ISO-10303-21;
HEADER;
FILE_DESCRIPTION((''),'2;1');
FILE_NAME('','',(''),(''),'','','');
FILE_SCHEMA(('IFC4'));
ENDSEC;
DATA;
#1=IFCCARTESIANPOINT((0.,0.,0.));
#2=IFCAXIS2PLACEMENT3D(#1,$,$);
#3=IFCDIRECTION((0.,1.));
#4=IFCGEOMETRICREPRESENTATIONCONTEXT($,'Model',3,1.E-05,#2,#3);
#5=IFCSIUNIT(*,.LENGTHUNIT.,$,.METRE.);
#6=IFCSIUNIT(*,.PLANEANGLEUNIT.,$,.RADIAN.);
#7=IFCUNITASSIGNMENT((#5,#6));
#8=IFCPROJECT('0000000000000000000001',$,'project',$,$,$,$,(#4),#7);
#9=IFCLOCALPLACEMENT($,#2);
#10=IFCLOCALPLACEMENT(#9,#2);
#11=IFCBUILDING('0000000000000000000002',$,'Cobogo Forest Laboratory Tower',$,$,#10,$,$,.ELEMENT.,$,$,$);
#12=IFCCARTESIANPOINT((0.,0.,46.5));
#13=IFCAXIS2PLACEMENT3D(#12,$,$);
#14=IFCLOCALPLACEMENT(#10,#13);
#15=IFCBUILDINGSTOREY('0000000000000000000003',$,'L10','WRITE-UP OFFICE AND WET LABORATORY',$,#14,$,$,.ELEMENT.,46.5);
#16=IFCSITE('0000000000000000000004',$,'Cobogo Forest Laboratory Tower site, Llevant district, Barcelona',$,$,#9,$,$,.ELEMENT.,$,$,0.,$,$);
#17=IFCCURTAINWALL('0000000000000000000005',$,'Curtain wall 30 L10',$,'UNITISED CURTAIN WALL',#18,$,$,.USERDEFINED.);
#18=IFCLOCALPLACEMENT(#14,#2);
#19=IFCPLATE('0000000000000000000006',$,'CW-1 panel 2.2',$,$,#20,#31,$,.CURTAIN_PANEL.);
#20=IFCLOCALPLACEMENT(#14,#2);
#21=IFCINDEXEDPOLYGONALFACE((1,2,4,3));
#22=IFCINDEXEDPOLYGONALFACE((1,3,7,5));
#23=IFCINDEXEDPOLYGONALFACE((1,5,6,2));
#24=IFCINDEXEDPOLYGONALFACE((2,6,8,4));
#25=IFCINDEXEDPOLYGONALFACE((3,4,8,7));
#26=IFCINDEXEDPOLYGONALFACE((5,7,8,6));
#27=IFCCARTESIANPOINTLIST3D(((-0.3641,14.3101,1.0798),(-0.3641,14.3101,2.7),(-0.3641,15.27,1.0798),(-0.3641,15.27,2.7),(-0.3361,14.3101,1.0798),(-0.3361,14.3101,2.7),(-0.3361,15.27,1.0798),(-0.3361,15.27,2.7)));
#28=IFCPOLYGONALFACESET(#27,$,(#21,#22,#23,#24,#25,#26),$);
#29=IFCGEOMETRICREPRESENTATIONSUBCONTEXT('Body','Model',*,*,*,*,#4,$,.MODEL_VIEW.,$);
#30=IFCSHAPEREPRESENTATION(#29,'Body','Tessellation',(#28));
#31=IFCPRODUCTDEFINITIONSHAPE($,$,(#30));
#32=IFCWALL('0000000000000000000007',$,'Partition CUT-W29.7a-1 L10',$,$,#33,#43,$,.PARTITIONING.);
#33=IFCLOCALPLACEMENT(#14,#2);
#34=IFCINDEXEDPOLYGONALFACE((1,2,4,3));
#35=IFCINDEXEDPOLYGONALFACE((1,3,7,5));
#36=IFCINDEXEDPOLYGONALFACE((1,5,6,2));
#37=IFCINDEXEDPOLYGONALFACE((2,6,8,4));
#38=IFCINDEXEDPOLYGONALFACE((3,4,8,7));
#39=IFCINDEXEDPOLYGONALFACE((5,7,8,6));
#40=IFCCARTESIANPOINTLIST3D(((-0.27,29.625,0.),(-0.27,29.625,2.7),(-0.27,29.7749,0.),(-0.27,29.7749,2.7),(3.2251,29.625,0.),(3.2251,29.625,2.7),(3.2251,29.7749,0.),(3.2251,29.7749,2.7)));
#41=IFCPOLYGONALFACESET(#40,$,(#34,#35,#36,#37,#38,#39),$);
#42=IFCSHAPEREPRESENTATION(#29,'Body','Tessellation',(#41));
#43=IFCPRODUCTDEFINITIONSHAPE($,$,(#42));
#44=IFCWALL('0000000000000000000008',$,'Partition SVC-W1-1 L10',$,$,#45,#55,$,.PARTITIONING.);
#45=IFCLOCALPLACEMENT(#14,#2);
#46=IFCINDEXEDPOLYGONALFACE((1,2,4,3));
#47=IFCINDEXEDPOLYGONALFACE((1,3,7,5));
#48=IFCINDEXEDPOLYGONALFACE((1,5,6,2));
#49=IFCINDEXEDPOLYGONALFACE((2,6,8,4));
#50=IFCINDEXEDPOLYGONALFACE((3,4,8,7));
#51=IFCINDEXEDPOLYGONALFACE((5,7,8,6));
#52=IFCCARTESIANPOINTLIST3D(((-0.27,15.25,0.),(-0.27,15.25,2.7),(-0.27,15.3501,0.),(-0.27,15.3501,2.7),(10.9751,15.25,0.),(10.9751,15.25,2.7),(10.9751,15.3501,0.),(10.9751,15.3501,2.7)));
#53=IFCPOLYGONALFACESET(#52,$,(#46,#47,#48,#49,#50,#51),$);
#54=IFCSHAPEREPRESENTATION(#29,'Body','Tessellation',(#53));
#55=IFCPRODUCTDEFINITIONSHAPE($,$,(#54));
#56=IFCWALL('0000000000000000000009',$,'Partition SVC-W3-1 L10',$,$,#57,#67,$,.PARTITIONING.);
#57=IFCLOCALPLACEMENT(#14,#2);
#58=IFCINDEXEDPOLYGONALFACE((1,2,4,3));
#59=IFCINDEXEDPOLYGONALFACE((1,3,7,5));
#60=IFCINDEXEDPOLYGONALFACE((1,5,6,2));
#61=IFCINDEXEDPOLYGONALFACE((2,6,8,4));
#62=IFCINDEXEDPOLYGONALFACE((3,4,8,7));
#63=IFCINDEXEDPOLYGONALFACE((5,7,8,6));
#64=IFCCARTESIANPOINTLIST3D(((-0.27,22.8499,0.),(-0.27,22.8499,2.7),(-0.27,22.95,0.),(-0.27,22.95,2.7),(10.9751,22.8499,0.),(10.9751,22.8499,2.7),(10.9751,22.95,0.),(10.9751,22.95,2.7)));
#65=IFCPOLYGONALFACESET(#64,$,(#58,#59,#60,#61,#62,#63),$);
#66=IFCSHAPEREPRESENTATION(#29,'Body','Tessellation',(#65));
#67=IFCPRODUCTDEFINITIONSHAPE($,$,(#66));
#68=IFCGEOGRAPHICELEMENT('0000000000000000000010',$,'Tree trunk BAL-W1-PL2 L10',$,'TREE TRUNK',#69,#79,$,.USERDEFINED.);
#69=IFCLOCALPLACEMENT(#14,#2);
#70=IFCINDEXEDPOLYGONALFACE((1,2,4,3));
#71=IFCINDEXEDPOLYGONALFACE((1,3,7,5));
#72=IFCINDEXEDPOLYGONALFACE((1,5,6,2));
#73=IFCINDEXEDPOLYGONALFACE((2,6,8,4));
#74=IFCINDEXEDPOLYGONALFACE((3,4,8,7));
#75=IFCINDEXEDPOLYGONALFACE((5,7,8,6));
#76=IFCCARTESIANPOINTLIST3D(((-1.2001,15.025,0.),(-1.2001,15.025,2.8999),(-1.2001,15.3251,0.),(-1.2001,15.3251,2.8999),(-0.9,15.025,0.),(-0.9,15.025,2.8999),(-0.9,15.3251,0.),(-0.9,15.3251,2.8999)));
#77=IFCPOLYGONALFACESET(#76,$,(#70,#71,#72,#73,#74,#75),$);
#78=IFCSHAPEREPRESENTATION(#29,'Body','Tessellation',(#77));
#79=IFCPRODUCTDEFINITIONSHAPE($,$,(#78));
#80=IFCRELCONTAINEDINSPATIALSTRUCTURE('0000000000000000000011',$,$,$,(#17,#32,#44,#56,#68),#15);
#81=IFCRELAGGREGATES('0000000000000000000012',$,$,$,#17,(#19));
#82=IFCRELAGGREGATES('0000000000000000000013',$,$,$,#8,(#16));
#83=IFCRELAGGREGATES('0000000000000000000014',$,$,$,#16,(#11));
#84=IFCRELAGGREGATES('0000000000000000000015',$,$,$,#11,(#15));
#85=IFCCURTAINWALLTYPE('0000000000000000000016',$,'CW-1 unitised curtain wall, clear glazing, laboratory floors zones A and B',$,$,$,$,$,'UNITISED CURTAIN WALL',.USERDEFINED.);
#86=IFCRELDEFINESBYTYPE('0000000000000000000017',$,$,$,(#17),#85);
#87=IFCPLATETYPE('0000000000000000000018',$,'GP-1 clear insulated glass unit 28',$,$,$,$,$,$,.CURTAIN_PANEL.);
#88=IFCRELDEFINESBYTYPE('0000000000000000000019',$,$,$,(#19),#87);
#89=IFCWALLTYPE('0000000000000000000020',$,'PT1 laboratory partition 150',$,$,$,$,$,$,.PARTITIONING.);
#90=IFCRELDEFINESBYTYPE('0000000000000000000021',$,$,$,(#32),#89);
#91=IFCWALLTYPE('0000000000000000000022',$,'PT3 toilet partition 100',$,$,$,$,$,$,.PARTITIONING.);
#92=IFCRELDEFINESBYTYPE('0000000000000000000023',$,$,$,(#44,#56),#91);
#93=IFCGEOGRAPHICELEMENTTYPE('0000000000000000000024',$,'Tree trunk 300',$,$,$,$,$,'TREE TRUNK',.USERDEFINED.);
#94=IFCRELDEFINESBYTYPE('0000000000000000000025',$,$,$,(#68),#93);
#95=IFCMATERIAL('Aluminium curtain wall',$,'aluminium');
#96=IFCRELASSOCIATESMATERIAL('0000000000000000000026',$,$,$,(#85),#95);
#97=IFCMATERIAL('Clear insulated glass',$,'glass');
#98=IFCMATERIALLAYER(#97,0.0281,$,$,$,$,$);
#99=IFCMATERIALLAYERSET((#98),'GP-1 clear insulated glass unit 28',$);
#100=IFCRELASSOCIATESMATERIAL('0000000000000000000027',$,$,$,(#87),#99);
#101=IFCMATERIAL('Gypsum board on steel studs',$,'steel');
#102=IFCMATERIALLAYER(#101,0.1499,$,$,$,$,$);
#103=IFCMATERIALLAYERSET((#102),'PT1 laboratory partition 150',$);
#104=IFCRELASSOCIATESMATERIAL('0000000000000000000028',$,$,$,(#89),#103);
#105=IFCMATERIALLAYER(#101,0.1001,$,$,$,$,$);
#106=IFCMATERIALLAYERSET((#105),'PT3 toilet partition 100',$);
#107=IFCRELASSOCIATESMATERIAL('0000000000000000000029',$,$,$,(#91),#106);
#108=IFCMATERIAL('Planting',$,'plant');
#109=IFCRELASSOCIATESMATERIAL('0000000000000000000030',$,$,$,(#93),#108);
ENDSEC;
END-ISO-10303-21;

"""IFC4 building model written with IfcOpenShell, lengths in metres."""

from ifc_helpers import new_model, si_unit, direction, frame, frame_2d, origin, origin_2d, place, context, subcontext, project, spatial, rectangle, extrude, material, layer, layer_set, type_object, element, aggregate, save


model = new_model("IFC4")

# Units and contexts
model_context = context("Model", 3, precision=1e-05, world=origin(), true_north=direction((0.0, 1.0)))
body_context = subcontext(model_context, "Body", "Model", "MODEL_VIEW")
ifc_project = project(units=[si_unit("LENGTHUNIT", "METRE"), si_unit("PLANEANGLEUNIT", "RADIAN")], contexts=[model_context])

# Site, building, storey
site_placement = place(None, origin())
site = spatial("IfcSite", under=ifc_project, at=site_placement, Name="Cobogo Forest Laboratory Tower site, Llevant district, Barcelona", CompositionType="ELEMENT", RefElevation=0.0)
building_placement = place(site_placement, origin())
building = spatial("IfcBuilding", under=site, at=building_placement, Name="Cobogo Forest Laboratory Tower", CompositionType="ELEMENT")
storey_placement = place(building_placement, frame((0.0, 0.0, 46.5)))
storey = spatial("IfcBuildingStorey", under=building, at=storey_placement, Name="L10", Description="WRITE-UP OFFICE AND WET LABORATORY", CompositionType="ELEMENT", Elevation=46.5)

# Curtain wall
ifc_material_1 = material(Name="Aluminium curtain wall", Category="aluminium")
curtain_wall_type = type_object("IfcCurtainWallType", Name="CW-1 unitised curtain wall, clear glazing, laboratory floors zones A and B", ElementType="UNITISED CURTAIN WALL", PredefinedType="USERDEFINED", material=ifc_material_1)
curtain_wall_1_placement = place(storey_placement, origin())
curtain_wall_1 = element("IfcCurtainWall", 1, at=curtain_wall_1_placement, inside=storey, type_object=curtain_wall_type, Name="Curtain wall 30 L10", ObjectType="UNITISED CURTAIN WALL", PredefinedType="USERDEFINED")

# Plate
ifc_material_2 = material(Name="Clear insulated glass", Category="glass")
ifc_layer_1 = layer(ifc_material_2, 0.0281)
ifc_layer_set_1 = layer_set([ifc_layer_1], Name="GP-1 clear insulated glass unit 28")
plate_type_1 = type_object("IfcPlateType", Name="GP-1 clear insulated glass unit 28", PredefinedType="CURTAIN_PANEL", material=ifc_layer_set_1)
plate_1_placement = place(storey_placement, frame((-0.3501, 14.79, 1.0798), z_axis=(0.0, 0.0, 1.0), x_axis=(0.0, -1.0, 0.0)))
plate_1 = element("IfcPlate", 2, at=plate_1_placement, type_object=plate_type_1, Name="CW-1 panel 2.2", PredefinedType="CURTAIN_PANEL", context=body_context, shape_type="SweptSolid", body=[
    extrude(rectangle(XDim=0.96, YDim=0.0281, at=origin_2d()), origin(), (0.0, 0.0, 1.0), 1.6201),
])
aggregate(curtain_wall_1, [plate_1])

# Walls
ifc_material_3 = material(Name="Gypsum board on steel studs", Category="steel")
ifc_layer_2 = layer(ifc_material_3, 0.1499)
ifc_layer_set_2 = layer_set([ifc_layer_2], Name="PT1 laboratory partition 150")
wall_type_1 = type_object("IfcWallType", Name="PT1 laboratory partition 150", PredefinedType="PARTITIONING", material=ifc_layer_set_2)
wall_placement = place(storey_placement, frame((-0.27, 29.7, 0.0), z_axis=(0.0, 0.0, 1.0), x_axis=(1.0, 0.0, 0.0)))
element("IfcWall", 3, at=wall_placement, inside=storey, type_object=wall_type_1, Name="Partition CUT-W29.7a-1 L10", PredefinedType="PARTITIONING", context=body_context, shape_type="SweptSolid", body=[
    extrude(rectangle(XDim=3.4951, YDim=0.1499, at=frame_2d((1.7476, 0.0))), origin(), (0.0, 0.0, 1.0), 2.7),
])
ifc_layer_3 = layer(ifc_material_3, 0.1001)
ifc_layer_set_3 = layer_set([ifc_layer_3], Name="PT3 toilet partition 100")
wall_type_2 = type_object("IfcWallType", Name="PT3 toilet partition 100", PredefinedType="PARTITIONING", material=ifc_layer_set_3)
for number, where, z_axis, x_axis, name in (
    (4, (-0.27, 15.3, 0.0), (0.0, 0.0, 1.0), (1.0, 0.0, 0.0), "Partition SVC-W1-1 L10"),
    (5, (-0.27, 22.8999, 0.0), (0.0, 0.0, 1.0), (1.0, 0.0, 0.0), "Partition SVC-W3-1 L10"),
):
    element("IfcWall", number, at=place(storey_placement, frame(where, z_axis=z_axis, x_axis=x_axis)), inside=storey, type_object=wall_type_2, Name=name, PredefinedType="PARTITIONING", context=body_context, shape_type="SweptSolid", body=[
        extrude(rectangle(XDim=11.2451, YDim=0.1001, at=frame_2d((5.6226, 0.0))), origin(), (0.0, 0.0, 1.0), 2.7),
    ])

# Geographic element
ifc_material_4 = material(Name="Planting", Category="plant")
geographic_element_type = type_object("IfcGeographicElementType", Name="Tree trunk 300", ElementType="TREE TRUNK", PredefinedType="USERDEFINED", material=ifc_material_4)
geographic_element_placement = place(storey_placement, frame((-1.05, 15.175, 0.0), z_axis=(0.0, 0.0, 1.0), x_axis=(1.0, 0.0, 0.0)))
element("IfcGeographicElement", 6, at=geographic_element_placement, inside=storey, type_object=geographic_element_type, Name="Tree trunk BAL-W1-PL2 L10", ObjectType="TREE TRUNK", PredefinedType="USERDEFINED", context=body_context, shape_type="SweptSolid", body=[
    extrude(rectangle(XDim=0.3, YDim=0.3, at=origin_2d()), origin(), (0.0, 0.0, 1.0), 2.8999),
])

save(model, "model.ifc")
